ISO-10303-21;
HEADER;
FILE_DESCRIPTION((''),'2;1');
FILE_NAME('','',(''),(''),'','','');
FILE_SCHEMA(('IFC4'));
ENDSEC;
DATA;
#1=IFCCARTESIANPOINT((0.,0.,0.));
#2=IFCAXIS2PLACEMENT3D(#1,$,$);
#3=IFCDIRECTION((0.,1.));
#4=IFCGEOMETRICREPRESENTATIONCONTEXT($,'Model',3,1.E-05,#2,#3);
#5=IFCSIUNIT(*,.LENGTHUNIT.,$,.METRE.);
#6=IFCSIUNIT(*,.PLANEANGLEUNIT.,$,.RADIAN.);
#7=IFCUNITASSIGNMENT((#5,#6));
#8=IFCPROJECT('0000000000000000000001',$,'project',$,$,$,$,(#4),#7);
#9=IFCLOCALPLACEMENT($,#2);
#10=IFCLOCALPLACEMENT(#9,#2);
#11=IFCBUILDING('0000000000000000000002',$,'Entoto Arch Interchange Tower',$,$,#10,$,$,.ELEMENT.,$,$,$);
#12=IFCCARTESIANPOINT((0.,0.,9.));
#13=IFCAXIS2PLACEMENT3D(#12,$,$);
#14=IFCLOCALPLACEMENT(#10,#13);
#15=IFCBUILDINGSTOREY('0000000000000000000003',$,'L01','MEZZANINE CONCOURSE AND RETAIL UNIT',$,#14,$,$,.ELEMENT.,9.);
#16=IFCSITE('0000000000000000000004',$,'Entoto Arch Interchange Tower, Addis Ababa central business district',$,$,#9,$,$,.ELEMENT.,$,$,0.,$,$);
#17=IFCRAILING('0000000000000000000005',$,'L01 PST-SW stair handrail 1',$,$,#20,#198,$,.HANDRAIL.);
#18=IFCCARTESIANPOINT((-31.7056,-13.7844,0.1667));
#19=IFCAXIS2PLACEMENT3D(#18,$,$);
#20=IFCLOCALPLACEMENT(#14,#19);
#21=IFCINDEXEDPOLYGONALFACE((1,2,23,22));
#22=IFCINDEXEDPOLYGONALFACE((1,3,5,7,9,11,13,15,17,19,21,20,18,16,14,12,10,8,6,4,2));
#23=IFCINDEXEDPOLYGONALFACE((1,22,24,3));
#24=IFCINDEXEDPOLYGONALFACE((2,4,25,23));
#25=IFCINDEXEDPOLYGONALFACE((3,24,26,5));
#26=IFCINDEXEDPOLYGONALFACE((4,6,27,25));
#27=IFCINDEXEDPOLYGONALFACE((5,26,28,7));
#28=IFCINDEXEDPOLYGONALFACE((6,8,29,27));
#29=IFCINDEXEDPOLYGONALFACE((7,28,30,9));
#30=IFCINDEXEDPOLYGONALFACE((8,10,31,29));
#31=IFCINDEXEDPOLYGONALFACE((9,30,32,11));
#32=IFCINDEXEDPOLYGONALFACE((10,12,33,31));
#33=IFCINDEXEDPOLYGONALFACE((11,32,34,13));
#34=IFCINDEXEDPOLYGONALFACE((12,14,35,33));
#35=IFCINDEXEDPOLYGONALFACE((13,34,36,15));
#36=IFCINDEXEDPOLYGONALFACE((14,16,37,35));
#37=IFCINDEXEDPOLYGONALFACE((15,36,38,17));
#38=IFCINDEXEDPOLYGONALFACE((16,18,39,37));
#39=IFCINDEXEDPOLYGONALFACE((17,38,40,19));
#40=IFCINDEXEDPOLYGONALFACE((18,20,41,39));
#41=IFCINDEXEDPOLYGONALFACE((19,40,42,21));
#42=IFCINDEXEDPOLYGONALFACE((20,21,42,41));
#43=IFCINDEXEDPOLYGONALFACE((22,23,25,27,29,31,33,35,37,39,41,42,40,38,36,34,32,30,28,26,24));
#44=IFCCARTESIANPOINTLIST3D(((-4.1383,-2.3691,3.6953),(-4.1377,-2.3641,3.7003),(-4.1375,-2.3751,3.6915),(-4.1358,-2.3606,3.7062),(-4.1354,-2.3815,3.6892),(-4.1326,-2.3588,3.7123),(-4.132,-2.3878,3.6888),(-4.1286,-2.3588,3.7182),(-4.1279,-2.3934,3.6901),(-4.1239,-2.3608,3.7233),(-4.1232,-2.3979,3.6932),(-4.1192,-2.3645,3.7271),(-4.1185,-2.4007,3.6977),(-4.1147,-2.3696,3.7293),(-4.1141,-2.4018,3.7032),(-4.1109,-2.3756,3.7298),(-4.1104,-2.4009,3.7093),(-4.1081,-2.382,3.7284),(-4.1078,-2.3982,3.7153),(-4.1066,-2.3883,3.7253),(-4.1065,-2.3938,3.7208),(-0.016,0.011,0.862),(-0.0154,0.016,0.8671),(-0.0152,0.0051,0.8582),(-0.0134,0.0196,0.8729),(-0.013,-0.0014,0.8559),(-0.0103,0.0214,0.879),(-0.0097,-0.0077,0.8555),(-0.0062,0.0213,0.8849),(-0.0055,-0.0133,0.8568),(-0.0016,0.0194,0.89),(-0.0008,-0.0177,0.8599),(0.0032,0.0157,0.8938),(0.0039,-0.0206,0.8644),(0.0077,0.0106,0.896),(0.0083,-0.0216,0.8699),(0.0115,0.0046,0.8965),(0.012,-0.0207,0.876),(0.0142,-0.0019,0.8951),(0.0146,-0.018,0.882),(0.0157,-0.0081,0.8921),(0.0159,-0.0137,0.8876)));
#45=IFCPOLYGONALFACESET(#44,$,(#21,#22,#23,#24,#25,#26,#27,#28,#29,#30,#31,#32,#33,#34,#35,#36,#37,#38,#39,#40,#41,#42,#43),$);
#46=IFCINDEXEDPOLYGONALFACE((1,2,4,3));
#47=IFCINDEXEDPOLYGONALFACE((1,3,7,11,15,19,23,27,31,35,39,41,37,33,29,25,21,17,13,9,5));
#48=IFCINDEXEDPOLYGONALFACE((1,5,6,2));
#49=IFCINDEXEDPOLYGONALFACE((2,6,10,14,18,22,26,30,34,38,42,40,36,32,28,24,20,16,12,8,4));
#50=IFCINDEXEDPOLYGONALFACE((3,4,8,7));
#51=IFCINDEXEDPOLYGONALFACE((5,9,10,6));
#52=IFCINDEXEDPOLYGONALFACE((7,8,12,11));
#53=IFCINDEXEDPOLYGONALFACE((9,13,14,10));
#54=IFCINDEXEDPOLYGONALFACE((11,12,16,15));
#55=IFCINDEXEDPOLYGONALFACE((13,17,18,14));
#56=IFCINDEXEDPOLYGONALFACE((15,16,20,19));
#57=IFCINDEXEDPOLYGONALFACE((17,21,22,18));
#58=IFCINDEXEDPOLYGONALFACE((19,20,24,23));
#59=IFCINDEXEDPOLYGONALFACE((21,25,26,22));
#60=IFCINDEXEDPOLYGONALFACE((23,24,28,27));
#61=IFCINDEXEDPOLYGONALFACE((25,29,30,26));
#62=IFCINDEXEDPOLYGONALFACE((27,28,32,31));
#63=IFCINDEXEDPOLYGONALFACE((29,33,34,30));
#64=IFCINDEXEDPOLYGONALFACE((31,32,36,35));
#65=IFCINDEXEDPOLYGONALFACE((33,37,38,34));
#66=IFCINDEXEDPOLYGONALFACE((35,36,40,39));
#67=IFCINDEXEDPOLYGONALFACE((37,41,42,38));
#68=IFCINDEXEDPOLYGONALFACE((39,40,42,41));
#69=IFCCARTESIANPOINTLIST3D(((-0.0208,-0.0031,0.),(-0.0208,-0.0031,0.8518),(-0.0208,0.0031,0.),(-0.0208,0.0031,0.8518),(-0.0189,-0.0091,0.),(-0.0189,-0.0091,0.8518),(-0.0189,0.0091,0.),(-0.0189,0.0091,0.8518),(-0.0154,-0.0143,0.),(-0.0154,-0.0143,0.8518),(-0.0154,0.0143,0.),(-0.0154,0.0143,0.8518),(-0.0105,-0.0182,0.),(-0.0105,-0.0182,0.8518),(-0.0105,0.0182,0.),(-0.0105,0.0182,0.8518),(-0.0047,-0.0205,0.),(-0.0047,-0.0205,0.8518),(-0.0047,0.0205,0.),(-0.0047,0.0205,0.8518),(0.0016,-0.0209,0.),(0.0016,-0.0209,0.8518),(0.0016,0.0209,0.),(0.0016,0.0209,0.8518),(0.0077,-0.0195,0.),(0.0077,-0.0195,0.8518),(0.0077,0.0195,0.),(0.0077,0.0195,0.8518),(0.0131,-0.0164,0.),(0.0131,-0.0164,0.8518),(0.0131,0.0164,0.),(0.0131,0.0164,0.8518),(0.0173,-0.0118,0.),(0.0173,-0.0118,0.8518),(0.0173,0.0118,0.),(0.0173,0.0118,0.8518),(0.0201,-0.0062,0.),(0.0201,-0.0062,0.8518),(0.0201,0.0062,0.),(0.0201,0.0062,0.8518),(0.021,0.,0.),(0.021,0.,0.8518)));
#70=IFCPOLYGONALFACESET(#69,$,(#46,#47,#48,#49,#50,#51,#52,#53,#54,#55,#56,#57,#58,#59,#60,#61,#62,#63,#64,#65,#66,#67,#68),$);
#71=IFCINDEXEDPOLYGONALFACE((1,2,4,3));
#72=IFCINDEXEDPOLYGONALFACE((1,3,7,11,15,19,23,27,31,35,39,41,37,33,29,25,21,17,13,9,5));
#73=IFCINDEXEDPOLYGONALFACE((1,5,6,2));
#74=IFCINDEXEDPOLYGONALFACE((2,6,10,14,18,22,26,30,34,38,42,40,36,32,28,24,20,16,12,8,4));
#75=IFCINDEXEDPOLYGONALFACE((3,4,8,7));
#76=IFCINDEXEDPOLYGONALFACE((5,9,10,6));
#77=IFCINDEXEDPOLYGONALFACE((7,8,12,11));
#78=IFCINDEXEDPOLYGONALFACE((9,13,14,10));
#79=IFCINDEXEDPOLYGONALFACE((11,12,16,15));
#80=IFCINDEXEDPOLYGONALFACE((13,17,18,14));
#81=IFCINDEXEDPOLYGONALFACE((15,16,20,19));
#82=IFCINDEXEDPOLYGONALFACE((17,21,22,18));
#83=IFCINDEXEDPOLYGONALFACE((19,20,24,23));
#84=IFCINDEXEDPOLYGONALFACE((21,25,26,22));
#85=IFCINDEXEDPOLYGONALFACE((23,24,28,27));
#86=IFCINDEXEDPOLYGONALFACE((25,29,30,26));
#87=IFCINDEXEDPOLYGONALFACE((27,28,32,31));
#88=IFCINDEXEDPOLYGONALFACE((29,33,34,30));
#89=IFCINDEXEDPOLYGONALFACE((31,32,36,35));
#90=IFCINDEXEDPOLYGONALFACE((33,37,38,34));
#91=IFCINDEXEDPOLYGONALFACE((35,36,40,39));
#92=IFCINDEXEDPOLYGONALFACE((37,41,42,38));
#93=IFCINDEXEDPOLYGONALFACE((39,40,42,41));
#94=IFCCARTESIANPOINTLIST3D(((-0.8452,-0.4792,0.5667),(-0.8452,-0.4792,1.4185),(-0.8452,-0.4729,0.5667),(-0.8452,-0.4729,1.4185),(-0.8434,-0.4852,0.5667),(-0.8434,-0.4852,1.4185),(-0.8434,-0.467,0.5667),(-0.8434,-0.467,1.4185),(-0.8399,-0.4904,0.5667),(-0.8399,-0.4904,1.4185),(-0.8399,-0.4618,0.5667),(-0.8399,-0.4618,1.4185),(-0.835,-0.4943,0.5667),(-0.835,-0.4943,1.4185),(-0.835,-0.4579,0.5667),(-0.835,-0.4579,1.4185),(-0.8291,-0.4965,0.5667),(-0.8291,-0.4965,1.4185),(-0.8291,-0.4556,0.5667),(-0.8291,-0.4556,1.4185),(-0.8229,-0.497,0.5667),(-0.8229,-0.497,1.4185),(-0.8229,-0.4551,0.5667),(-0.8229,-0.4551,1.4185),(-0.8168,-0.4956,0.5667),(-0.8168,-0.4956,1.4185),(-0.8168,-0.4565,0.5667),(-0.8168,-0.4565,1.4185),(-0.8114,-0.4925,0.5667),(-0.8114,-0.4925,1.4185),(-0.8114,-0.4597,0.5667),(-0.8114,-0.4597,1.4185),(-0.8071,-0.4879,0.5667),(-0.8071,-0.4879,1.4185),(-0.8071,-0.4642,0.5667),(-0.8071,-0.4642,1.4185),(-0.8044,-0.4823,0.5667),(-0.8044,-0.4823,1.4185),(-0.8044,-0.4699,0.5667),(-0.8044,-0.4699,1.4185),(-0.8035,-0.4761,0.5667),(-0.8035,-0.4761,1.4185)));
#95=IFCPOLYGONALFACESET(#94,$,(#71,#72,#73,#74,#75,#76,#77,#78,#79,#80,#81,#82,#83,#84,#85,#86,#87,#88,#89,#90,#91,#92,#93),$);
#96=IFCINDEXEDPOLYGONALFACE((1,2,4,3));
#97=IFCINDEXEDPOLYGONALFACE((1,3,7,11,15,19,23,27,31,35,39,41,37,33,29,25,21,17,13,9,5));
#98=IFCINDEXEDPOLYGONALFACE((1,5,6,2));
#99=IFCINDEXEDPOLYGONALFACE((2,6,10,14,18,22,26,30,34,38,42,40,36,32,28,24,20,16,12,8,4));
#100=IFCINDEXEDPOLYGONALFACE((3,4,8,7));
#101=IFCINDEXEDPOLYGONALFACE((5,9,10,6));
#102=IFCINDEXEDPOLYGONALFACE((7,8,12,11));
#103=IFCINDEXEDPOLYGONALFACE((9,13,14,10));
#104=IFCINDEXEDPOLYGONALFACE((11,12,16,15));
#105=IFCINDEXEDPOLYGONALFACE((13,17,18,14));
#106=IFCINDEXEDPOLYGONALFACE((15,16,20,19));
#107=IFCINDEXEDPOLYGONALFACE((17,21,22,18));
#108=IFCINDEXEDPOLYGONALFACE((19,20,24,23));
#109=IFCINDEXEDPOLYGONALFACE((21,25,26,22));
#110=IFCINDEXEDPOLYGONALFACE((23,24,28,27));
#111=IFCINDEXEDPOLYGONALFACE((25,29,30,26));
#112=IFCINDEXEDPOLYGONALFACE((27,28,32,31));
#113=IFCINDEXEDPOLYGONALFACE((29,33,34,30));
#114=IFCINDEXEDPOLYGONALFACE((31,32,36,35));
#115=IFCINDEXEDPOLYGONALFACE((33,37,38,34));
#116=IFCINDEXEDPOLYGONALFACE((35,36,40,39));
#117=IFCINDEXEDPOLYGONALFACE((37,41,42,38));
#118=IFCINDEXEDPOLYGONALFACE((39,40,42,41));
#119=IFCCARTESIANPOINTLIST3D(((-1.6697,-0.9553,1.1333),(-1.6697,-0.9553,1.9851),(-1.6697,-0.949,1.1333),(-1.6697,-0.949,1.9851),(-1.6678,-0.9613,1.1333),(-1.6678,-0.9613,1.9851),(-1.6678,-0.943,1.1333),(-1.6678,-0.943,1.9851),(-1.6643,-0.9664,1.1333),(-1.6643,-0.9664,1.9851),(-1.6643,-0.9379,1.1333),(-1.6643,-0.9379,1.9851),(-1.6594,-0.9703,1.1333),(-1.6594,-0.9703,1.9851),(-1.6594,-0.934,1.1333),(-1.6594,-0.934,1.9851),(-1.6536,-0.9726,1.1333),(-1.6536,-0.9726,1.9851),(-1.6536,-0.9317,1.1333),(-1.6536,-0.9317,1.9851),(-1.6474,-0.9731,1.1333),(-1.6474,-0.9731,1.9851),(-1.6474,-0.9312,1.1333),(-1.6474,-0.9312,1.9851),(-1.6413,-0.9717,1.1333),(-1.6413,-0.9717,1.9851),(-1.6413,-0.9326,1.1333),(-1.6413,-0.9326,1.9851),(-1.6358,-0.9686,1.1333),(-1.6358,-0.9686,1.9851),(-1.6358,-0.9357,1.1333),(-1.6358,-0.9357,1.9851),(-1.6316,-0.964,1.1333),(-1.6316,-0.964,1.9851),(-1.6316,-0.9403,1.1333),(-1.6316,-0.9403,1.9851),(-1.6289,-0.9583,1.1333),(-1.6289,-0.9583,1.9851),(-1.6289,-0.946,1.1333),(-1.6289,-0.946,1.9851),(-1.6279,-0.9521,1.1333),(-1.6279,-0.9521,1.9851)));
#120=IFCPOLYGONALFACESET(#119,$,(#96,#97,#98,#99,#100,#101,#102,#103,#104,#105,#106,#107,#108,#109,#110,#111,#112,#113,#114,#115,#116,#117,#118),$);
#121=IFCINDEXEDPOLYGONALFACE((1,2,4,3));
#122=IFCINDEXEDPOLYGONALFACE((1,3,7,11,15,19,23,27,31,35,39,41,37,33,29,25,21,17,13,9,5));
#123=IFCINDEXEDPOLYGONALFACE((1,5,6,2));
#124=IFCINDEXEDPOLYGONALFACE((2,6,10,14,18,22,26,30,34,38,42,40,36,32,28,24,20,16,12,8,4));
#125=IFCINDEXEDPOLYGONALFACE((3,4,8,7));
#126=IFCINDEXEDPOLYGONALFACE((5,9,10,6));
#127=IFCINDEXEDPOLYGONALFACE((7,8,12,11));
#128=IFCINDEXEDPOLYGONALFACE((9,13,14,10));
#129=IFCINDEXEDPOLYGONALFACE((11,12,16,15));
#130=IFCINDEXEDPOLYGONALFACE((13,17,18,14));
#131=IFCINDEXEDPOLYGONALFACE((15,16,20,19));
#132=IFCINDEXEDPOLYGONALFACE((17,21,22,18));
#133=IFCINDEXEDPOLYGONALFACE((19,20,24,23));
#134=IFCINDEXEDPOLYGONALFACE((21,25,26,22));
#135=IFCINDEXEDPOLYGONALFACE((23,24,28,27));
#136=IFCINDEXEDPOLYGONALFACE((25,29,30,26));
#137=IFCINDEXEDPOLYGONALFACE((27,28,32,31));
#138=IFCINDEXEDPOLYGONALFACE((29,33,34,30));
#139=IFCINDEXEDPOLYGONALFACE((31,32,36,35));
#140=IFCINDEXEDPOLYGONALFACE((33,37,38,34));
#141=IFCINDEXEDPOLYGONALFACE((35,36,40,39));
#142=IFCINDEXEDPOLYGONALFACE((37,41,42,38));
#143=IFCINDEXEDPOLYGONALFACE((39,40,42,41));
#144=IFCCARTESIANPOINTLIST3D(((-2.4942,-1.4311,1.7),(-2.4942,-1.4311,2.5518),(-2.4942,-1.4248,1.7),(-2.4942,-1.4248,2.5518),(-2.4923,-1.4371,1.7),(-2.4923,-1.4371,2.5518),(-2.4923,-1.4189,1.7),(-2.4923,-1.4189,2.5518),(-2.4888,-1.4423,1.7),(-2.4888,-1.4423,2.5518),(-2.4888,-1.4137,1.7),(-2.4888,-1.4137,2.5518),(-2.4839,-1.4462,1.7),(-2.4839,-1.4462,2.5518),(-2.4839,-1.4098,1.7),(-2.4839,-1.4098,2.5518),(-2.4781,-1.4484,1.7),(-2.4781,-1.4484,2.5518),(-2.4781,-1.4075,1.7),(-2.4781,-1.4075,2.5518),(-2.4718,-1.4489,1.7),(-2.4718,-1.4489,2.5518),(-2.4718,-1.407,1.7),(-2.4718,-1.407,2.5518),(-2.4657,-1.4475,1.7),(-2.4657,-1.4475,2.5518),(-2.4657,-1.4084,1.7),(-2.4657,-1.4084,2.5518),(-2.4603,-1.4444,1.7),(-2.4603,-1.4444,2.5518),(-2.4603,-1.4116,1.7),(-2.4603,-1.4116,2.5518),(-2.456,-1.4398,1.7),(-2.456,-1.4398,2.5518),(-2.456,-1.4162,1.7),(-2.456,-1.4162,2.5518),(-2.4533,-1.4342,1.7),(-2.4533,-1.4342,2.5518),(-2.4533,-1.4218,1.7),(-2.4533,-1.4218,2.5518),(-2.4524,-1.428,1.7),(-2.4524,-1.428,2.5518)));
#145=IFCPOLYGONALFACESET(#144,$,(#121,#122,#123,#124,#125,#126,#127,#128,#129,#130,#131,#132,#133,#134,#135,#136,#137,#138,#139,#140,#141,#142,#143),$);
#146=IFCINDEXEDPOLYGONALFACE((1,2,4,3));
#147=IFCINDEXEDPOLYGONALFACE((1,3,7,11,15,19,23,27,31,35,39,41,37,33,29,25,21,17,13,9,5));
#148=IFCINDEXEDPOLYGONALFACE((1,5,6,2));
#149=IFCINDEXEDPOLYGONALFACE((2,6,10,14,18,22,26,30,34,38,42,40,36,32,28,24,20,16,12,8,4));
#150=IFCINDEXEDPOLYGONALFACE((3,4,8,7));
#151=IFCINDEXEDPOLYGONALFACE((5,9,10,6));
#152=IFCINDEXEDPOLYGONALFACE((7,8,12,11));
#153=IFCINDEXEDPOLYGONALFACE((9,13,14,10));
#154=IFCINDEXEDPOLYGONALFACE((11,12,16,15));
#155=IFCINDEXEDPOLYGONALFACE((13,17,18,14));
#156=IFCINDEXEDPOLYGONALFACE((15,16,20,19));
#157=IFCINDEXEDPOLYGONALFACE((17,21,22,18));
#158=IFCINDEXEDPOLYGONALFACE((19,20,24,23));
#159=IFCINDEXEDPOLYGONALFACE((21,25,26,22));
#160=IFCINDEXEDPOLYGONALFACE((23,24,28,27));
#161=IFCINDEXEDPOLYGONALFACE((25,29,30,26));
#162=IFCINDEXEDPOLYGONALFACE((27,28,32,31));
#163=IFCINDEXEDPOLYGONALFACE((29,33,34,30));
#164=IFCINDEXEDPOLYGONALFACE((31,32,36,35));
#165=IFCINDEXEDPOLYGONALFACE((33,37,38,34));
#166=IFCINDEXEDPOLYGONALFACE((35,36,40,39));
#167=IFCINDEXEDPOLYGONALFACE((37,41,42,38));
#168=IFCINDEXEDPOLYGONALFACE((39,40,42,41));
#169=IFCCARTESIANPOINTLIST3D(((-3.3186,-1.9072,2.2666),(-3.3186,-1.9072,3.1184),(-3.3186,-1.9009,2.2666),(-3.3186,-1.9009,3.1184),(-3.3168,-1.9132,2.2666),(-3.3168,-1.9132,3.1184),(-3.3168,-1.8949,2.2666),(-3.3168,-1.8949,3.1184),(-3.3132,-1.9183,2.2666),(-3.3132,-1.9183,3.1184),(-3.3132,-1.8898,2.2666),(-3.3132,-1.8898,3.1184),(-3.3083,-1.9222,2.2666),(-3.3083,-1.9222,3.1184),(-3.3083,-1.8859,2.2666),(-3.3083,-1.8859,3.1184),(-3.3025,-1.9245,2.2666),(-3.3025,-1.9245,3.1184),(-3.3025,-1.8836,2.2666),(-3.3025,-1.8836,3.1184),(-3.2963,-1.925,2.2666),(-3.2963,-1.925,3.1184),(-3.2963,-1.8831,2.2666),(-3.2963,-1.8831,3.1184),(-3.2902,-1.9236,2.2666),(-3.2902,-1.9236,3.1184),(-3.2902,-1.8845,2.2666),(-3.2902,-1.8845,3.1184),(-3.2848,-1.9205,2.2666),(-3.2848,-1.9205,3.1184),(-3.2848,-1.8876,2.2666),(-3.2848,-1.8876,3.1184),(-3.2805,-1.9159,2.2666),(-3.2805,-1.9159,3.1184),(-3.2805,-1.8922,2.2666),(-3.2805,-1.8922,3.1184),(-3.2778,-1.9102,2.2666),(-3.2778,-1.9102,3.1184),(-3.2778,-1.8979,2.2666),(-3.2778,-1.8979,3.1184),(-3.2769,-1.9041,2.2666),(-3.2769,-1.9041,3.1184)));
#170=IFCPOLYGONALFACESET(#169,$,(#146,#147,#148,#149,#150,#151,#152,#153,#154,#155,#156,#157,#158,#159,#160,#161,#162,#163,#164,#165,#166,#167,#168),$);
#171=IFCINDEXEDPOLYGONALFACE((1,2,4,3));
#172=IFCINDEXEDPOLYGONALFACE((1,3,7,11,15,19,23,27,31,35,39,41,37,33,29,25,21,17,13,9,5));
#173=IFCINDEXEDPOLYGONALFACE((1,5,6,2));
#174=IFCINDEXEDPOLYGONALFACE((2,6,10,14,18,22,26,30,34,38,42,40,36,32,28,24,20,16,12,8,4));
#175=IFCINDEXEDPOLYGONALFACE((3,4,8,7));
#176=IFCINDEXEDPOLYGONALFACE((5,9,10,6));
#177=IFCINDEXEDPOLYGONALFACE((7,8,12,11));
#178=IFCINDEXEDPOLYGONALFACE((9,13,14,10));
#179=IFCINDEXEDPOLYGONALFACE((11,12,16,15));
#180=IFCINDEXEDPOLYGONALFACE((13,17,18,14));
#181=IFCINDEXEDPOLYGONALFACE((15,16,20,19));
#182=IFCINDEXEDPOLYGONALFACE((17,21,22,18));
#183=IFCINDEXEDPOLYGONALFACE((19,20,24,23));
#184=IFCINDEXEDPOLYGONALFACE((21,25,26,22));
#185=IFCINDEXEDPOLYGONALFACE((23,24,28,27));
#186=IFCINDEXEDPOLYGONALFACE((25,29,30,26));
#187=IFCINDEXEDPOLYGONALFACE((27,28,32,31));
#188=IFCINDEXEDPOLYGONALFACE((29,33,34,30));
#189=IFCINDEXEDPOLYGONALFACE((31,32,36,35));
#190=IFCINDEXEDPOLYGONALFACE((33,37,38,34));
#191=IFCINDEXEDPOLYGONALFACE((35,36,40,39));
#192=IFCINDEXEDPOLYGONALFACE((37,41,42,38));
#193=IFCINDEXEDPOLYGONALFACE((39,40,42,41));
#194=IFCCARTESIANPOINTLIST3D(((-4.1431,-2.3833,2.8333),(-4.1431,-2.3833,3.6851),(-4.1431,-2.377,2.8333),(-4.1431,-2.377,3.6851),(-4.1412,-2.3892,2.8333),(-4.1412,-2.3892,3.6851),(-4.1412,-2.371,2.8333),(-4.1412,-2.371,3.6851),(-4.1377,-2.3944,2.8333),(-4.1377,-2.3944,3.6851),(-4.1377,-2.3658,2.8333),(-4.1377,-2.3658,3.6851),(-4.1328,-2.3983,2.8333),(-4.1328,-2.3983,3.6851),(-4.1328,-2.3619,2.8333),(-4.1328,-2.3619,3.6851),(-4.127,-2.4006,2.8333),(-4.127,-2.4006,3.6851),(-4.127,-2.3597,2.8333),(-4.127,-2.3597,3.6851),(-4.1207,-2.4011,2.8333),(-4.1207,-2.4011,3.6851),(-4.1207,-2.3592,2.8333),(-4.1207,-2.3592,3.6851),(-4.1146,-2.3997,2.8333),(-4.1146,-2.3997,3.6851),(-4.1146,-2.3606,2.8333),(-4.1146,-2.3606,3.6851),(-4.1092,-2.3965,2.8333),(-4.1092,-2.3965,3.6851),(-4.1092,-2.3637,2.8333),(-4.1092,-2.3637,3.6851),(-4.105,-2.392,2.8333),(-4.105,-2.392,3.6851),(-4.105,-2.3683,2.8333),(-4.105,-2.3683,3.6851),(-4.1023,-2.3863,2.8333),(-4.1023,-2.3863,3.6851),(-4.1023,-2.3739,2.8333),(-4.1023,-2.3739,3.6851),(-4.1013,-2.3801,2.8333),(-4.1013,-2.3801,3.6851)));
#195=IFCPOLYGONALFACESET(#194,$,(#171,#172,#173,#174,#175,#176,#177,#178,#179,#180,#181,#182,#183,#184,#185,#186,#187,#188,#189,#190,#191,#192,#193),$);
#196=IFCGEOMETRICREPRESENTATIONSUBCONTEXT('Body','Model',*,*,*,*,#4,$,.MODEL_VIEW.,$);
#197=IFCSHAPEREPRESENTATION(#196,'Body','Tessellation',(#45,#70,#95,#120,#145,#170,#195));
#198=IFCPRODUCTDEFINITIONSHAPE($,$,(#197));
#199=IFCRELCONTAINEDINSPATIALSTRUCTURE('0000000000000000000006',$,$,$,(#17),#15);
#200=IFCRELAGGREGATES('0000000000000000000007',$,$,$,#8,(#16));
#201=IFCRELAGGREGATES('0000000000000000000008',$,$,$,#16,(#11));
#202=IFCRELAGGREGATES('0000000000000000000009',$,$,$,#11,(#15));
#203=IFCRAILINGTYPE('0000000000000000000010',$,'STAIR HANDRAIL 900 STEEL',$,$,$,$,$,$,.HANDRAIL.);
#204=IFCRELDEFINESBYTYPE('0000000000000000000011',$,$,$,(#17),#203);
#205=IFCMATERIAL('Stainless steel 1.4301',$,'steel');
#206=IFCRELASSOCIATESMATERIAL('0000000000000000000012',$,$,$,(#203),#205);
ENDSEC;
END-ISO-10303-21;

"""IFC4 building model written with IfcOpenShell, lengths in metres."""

from ifc_helpers import new_model, si_unit, direction, frame, origin, origin_2d, place, context, subcontext, project, spatial, circle, extrude, material, type_object, element, save


model = new_model("IFC4")

# Units and contexts
model_context = context("Model", 3, precision=1e-05, world=origin(), true_north=direction((0.0, 1.0)))
body_context = subcontext(model_context, "Body", "Model", "MODEL_VIEW")
ifc_project = project(units=[si_unit("LENGTHUNIT", "METRE"), si_unit("PLANEANGLEUNIT", "RADIAN")], contexts=[model_context])

# Site, building, storey
site_placement = place(None, origin())
site = spatial("IfcSite", under=ifc_project, at=site_placement, Name="Entoto Arch Interchange Tower, Addis Ababa central business district", CompositionType="ELEMENT", RefElevation=0.0)
building_placement = place(site_placement, origin())
building = spatial("IfcBuilding", under=site, at=building_placement, Name="Entoto Arch Interchange Tower", CompositionType="ELEMENT")
storey_placement = place(building_placement, frame((0.0, 0.0, 9.0)))
storey = spatial("IfcBuildingStorey", under=building, at=storey_placement, Name="L01", Description="MEZZANINE CONCOURSE AND RETAIL UNIT", CompositionType="ELEMENT", Elevation=9.0)

# Railing
ifc_material_1 = material(Name="Stainless steel 1.4301", Category="steel")
railing_type_1 = type_object("IfcRailingType", Name="STAIR HANDRAIL 900 STEEL", PredefinedType="HANDRAIL", material=ifc_material_1)
railing_1_placement = place(storey_placement, frame((-31.7056, -13.7844, 0.1667)))
element("IfcRailing", 1, at=railing_1_placement, inside=storey, type_object=railing_type_1, Name="L01 PST-SW stair handrail 1", PredefinedType="HANDRAIL", context=body_context, shape_type="SweptSolid", body=[
    extrude(circle(Radius=0.0239, at=origin_2d()), frame((0.0, 0.0, 0.876), z_axis=(-0.74417, -0.429666, 0.511466), x_axis=(0.500017, -0.866016, 0.0)), (0.0, 0.0, 1.0), 5.5396),
    extrude(circle(Radius=0.021, at=origin_2d()), origin(), (0.0, 0.0, 1.0), 0.8518),
    extrude(circle(Radius=0.021, at=origin_2d()), frame((-0.8245, -0.4761, 0.5667)), (0.0, 0.0, 1.0), 0.8518),
    extrude(circle(Radius=0.021, at=origin_2d()), frame((-1.6489, -0.9521, 1.1333)), (0.0, 0.0, 1.0), 0.8518),
    extrude(circle(Radius=0.021, at=origin_2d()), frame((-2.4734, -1.428, 1.7)), (0.0, 0.0, 1.0), 0.8518),
    extrude(circle(Radius=0.021, at=origin_2d()), frame((-3.2979, -1.9041, 2.2666)), (0.0, 0.0, 1.0), 0.8518),
    extrude(circle(Radius=0.021, at=origin_2d()), frame((-4.1223, -2.3801, 2.8333)), (0.0, 0.0, 1.0), 0.8518),
])

save(model, "model.ifc")
